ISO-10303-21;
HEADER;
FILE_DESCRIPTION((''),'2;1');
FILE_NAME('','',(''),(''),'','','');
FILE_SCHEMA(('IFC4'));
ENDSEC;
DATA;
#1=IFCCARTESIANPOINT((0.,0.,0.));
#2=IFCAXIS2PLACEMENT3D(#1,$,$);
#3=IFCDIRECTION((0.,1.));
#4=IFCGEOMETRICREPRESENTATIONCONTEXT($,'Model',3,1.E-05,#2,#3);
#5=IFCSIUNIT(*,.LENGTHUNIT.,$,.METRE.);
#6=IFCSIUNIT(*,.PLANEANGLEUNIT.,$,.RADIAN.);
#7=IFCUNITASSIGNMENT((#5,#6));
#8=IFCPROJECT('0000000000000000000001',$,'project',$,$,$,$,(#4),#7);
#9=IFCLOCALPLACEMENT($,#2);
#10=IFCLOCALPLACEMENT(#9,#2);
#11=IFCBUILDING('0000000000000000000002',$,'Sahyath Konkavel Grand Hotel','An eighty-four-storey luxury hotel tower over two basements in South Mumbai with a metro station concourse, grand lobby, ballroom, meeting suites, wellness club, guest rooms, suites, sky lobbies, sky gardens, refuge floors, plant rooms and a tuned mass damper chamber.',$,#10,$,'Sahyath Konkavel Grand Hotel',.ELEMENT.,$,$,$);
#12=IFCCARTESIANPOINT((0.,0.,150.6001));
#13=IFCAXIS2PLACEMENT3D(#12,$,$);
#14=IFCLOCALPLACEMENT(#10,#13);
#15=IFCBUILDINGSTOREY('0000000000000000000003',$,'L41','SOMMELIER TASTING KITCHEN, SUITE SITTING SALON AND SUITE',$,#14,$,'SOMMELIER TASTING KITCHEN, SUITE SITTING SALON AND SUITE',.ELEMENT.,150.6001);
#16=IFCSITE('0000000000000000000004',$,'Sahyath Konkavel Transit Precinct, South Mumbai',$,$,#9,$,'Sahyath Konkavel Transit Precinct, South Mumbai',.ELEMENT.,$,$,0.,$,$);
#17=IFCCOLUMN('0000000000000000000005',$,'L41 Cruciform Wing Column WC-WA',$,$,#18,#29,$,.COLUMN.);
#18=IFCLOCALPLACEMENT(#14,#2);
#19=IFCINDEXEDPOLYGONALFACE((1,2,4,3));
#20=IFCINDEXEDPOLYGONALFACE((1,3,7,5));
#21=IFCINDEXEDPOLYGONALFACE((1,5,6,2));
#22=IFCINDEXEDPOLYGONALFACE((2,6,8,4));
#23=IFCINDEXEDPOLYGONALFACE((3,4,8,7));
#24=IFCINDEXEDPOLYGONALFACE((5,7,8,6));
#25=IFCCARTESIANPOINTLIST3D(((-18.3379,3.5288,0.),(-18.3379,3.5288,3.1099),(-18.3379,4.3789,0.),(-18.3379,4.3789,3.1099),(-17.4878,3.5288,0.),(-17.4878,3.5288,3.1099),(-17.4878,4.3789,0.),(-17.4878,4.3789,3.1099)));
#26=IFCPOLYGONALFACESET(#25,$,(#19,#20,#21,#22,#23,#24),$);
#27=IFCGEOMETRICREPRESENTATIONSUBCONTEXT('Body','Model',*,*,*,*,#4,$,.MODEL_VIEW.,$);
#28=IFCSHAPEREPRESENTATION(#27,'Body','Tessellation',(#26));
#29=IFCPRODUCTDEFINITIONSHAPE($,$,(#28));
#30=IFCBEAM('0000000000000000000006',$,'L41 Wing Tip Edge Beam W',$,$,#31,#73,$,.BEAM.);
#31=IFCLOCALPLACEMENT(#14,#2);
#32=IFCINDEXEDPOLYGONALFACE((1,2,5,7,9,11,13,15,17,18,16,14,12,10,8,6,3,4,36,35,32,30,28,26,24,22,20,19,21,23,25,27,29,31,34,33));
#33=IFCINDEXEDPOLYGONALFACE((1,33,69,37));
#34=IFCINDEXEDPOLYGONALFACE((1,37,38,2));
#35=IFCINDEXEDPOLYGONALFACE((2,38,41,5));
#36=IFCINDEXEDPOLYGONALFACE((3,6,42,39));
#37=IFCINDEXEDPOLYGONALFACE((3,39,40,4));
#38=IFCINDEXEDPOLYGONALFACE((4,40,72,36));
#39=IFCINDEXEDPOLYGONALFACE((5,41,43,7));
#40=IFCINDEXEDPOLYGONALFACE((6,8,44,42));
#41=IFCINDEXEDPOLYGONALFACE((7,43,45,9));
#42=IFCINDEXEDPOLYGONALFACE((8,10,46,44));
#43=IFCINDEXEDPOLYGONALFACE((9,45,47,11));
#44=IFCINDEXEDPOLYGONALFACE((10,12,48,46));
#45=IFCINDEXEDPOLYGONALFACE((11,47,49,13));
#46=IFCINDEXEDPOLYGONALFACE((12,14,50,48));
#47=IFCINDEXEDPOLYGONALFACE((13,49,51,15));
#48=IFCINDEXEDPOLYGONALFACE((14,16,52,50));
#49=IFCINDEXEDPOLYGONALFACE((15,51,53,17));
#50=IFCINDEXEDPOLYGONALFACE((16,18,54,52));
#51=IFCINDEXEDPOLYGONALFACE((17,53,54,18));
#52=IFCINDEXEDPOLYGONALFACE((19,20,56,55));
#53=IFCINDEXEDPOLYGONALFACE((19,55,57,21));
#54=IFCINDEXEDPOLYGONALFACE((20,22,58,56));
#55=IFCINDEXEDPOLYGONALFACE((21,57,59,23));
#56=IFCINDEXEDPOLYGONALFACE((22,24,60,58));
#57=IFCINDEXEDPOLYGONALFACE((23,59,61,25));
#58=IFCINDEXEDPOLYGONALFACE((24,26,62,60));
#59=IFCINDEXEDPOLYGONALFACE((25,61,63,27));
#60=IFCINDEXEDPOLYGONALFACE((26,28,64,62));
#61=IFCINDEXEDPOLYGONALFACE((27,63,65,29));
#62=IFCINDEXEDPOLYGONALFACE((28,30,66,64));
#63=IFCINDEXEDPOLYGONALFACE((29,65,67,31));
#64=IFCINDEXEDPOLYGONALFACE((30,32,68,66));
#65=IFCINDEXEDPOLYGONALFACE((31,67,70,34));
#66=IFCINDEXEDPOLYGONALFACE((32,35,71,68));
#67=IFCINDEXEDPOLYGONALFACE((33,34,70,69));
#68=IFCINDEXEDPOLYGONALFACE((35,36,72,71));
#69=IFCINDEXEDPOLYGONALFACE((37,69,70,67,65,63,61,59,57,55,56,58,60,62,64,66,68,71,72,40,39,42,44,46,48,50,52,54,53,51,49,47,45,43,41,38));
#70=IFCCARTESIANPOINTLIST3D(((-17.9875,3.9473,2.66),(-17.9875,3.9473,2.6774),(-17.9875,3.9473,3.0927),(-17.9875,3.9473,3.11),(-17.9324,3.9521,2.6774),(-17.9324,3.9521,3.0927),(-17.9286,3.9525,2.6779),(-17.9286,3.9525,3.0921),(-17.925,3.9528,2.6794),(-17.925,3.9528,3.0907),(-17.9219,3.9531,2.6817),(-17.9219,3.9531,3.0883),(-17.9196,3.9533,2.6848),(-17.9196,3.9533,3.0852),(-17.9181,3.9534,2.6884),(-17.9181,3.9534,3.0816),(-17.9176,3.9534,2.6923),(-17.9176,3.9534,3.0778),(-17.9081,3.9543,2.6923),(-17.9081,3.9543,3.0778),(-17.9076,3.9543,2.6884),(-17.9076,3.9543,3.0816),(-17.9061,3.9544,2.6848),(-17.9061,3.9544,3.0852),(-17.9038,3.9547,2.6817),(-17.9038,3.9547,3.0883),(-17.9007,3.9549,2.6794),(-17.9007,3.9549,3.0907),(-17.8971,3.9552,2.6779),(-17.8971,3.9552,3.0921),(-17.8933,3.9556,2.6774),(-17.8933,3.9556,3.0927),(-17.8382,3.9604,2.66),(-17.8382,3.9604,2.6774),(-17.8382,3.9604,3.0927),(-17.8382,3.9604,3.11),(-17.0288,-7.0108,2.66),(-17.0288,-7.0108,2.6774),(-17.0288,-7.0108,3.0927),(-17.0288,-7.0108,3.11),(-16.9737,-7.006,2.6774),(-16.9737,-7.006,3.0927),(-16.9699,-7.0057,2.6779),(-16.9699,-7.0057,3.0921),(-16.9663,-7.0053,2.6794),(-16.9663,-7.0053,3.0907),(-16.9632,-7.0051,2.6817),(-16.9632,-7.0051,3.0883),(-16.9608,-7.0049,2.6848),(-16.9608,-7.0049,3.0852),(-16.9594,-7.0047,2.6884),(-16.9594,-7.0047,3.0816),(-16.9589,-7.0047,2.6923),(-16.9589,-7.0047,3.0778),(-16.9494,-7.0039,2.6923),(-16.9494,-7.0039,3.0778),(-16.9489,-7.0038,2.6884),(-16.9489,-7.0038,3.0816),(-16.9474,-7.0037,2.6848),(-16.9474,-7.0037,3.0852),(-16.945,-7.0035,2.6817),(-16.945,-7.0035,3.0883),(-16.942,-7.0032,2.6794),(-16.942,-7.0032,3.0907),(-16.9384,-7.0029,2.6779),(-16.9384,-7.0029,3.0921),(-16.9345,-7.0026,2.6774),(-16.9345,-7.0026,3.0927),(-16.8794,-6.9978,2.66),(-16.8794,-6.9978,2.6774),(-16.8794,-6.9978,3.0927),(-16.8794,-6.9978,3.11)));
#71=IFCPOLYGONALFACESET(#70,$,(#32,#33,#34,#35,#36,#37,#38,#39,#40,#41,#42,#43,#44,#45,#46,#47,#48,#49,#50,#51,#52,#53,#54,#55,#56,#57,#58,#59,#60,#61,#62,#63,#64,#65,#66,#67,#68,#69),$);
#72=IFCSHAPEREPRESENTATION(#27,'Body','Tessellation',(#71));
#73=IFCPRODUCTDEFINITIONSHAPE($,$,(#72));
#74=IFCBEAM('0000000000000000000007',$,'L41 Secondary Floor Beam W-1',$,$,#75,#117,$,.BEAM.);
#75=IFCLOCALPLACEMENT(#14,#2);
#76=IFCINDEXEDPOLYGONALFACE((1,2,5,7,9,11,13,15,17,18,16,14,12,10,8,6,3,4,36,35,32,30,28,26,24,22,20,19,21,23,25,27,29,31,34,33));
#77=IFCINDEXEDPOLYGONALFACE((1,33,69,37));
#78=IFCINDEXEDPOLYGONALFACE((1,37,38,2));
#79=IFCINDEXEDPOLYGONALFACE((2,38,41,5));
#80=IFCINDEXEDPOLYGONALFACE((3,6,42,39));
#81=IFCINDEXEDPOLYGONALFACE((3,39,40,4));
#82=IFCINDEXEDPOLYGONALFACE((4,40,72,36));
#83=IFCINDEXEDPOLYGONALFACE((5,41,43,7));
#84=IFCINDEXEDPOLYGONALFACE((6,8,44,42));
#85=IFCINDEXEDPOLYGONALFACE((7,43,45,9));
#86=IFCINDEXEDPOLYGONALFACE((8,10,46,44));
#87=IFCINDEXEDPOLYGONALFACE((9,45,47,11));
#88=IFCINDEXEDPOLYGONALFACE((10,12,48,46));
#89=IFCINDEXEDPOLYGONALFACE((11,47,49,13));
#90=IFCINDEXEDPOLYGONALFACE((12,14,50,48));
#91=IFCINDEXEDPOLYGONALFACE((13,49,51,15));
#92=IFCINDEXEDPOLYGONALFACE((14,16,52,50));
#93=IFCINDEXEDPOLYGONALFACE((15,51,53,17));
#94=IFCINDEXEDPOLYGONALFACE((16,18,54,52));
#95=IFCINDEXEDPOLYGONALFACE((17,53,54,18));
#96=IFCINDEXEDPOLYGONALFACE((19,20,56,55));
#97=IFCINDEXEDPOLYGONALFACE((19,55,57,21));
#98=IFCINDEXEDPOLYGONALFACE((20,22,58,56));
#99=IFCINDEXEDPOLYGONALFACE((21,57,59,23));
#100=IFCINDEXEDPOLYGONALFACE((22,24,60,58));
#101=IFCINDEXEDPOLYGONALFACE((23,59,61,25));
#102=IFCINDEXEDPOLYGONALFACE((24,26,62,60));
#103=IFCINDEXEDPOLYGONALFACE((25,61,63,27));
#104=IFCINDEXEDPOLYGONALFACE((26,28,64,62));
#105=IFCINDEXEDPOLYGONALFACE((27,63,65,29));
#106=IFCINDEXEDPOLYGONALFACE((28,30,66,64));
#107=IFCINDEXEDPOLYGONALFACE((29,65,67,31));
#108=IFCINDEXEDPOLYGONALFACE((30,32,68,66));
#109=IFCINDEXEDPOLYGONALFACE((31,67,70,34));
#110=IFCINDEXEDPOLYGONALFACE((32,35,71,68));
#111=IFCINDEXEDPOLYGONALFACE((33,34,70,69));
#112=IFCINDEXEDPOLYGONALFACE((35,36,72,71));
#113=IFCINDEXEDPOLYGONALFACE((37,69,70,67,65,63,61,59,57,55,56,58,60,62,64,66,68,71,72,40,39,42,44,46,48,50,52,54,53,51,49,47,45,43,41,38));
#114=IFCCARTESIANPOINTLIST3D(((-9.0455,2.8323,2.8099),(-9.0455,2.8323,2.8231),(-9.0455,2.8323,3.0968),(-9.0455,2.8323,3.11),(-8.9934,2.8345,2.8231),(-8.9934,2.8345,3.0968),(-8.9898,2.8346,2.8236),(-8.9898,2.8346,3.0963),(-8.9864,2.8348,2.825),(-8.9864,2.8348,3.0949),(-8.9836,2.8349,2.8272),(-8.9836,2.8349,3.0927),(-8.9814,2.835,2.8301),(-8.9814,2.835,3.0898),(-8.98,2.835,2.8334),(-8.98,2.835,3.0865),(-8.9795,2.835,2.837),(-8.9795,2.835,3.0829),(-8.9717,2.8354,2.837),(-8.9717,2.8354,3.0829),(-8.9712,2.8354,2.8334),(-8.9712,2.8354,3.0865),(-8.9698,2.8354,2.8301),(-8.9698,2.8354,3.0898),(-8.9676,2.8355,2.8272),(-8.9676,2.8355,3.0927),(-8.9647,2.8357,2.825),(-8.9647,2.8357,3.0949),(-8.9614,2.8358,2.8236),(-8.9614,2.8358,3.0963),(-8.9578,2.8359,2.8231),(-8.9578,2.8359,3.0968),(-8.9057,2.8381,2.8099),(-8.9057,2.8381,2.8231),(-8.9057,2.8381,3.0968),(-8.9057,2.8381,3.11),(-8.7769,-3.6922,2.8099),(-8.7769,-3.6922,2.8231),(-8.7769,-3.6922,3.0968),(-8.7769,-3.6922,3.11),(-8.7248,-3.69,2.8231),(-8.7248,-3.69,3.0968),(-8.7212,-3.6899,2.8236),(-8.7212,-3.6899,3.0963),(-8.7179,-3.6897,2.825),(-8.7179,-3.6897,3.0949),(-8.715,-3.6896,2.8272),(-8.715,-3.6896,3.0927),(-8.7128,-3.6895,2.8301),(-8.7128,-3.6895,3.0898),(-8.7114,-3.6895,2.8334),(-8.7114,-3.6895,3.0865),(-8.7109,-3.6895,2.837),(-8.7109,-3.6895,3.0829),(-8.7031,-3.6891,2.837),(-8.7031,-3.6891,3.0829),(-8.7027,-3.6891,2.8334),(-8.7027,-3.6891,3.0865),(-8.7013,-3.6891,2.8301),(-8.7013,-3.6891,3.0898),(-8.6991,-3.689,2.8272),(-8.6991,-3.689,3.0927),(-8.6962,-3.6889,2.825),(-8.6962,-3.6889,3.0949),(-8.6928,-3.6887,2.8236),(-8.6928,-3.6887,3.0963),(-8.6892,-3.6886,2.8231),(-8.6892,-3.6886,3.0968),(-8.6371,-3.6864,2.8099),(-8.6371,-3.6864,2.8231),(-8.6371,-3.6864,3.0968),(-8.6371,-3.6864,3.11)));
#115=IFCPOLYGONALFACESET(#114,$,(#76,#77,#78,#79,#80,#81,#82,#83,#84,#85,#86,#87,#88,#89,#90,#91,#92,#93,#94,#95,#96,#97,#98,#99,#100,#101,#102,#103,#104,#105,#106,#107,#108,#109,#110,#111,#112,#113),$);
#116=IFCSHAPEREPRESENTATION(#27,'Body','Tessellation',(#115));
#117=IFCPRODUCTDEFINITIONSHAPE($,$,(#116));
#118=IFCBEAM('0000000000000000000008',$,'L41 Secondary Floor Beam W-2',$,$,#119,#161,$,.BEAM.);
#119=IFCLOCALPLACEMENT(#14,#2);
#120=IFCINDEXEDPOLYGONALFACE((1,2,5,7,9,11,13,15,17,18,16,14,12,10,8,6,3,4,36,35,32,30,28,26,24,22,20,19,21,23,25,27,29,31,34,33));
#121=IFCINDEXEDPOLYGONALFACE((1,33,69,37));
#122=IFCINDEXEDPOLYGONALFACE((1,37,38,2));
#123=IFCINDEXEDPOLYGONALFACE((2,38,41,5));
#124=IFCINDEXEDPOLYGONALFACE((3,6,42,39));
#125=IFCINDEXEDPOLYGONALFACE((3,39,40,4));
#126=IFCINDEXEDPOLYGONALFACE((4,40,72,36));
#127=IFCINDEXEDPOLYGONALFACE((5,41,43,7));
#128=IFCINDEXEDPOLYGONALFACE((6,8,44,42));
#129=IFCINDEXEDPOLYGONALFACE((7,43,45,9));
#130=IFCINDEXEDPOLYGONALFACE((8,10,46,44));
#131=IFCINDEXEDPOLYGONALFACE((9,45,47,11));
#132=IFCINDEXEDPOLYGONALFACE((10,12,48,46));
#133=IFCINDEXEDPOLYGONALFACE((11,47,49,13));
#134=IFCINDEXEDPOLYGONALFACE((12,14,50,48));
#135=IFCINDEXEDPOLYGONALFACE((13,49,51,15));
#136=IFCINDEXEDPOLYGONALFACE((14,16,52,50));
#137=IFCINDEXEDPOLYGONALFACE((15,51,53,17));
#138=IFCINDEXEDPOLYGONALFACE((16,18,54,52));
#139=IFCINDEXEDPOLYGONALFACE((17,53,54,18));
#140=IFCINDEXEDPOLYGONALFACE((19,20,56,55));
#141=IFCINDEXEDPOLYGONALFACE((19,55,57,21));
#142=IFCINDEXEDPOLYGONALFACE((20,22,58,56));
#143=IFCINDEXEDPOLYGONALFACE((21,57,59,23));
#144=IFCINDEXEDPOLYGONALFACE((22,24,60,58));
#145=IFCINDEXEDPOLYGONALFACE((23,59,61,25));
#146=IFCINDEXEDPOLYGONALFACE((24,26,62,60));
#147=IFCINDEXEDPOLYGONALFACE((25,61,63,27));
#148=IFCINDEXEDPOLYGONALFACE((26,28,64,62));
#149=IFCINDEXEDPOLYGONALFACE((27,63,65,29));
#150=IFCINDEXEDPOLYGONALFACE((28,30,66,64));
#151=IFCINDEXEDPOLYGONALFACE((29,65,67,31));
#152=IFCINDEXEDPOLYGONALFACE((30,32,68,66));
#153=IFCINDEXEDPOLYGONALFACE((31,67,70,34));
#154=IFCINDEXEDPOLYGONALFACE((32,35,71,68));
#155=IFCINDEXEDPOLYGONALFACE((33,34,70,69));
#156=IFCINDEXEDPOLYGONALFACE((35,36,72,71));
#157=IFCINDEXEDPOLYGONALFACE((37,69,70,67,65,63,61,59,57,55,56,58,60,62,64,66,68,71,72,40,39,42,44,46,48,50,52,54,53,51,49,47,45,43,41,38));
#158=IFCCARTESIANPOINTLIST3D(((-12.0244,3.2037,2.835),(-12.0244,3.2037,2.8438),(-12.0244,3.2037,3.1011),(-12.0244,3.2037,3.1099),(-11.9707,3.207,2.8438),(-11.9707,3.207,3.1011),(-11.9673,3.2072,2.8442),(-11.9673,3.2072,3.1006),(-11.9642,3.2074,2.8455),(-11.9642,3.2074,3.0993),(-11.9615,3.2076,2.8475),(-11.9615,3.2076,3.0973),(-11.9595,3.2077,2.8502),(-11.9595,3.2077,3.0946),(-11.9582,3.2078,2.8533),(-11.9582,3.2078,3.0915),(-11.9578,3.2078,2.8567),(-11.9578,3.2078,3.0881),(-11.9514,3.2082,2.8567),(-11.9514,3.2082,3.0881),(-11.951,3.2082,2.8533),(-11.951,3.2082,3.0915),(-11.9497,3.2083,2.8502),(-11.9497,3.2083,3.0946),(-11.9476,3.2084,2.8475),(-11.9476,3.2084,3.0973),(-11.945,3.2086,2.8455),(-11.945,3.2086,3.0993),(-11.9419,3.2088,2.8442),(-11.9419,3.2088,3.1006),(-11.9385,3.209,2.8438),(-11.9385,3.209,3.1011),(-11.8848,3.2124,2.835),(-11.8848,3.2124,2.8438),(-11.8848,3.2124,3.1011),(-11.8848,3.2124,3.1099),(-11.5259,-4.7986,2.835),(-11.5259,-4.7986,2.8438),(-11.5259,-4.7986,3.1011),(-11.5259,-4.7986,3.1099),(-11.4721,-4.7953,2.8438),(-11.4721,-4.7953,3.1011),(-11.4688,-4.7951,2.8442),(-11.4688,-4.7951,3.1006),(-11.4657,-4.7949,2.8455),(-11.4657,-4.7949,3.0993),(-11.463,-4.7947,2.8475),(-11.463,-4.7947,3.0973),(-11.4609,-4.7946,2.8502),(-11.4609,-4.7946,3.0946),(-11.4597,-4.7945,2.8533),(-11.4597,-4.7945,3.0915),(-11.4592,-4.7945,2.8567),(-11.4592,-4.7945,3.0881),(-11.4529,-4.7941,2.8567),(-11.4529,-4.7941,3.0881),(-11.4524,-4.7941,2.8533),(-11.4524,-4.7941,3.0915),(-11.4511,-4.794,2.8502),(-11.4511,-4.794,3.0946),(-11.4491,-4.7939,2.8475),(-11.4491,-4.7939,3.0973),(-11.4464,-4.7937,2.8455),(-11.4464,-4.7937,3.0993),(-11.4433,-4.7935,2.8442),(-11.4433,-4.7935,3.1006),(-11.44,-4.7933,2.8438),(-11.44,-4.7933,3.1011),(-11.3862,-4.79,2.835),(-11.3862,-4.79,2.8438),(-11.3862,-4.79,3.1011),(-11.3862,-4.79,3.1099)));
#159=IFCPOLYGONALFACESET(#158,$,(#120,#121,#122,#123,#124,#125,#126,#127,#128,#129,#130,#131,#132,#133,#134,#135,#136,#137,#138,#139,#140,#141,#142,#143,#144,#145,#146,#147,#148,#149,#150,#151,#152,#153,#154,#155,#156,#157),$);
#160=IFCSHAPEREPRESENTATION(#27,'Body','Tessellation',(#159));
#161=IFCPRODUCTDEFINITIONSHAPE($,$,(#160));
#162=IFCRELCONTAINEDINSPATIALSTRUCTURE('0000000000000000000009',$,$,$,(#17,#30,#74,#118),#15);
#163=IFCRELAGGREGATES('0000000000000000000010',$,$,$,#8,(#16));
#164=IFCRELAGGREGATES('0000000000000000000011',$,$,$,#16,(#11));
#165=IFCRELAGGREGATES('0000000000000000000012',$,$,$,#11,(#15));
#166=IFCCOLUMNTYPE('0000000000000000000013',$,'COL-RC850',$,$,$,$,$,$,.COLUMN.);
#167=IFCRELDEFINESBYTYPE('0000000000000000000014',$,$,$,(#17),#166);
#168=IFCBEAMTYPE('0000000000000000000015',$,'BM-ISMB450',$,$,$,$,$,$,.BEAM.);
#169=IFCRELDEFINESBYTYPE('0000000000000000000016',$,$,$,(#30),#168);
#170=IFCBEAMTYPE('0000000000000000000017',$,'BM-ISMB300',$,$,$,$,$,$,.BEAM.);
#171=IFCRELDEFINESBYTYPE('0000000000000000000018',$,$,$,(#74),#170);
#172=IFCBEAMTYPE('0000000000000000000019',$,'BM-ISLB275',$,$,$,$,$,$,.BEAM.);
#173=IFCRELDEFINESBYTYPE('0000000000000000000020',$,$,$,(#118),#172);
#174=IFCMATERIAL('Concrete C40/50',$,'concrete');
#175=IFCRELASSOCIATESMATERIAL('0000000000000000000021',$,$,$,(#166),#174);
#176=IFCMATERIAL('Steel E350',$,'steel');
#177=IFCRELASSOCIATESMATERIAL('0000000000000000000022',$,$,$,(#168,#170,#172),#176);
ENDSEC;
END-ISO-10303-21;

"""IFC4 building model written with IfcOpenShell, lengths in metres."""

from ifc_helpers import new_model, si_unit, direction, frame, origin, origin_2d, place, context, subcontext, project, spatial, rectangle, i_section, extrude, source, transform, mapped, material, material_profile, profile_set, type_object, element, save


model = new_model("IFC4")

# Units and contexts
model_context = context("Model", 3, precision=1e-05, world=origin(), true_north=direction((0.0, 1.0)))
body_context = subcontext(model_context, "Body", "Model", "MODEL_VIEW")
ifc_project = project(units=[si_unit("LENGTHUNIT", "METRE"), si_unit("PLANEANGLEUNIT", "RADIAN")], contexts=[model_context])

# Site, building, storey
site_placement = place(None, origin())
site = spatial("IfcSite", under=ifc_project, at=site_placement, Name="Sahyath Konkavel Transit Precinct, South Mumbai", LongName="Sahyath Konkavel Transit Precinct, South Mumbai", CompositionType="ELEMENT", RefElevation=0.0)
building_placement = place(site_placement, origin())
building = spatial("IfcBuilding", under=site, at=building_placement, Name="Sahyath Konkavel Grand Hotel", Description="An eighty-four-storey luxury hotel tower over two basements in South Mumbai with a metro station concourse, grand lobby, ballroom, meeting suites, wellness club, guest rooms, suites, sky lobbies, sky gardens, refuge floors, plant rooms and a tuned mass damper chamber.", LongName="Sahyath Konkavel Grand Hotel", CompositionType="ELEMENT")
storey_placement = place(building_placement, frame((0.0, 0.0, 150.6001)))
storey = spatial("IfcBuildingStorey", under=building, at=storey_placement, Name="L41", Description="SOMMELIER TASTING KITCHEN, SUITE SITTING SALON AND SUITE", LongName="SOMMELIER TASTING KITCHEN, SUITE SITTING SALON AND SUITE", CompositionType="ELEMENT", Elevation=150.6001)

# Column
ifc_material_1 = material(Name="Concrete C40/50", Category="concrete")
ifc_material_profile_1 = material_profile(ifc_material_1, rectangle(XDim=0.8501, YDim=0.8501, at=origin_2d()), Name="RC 850x850")
ifc_profile_set_1 = profile_set([ifc_material_profile_1], Name="Concrete C40/50")
column_type = type_object("IfcColumnType", Name="COL-RC850", PredefinedType="COLUMN", material=ifc_profile_set_1)
shared_shape_1 = source(origin(), body_context, "Body", "SweptSolid", [
    extrude(rectangle(XDim=0.8501, YDim=0.8501, at=origin_2d()), origin(), (0.0, 0.0, 1.0), 3.1099),
])
column_placement = place(storey_placement, frame((-17.9128, 3.9539, 0.0), z_axis=(0.0, 0.0, 1.0), x_axis=(1.0, 0.0, 0.0)))
element("IfcColumn", 1, at=column_placement, inside=storey, type_object=column_type, Name="L41 Cruciform Wing Column WC-WA", PredefinedType="COLUMN", context=body_context, shape_type="MappedRepresentation", body=[
    mapped(shared_shape_1, transform((0.0, 0.0, 0.0), scale=1.0)),
])

# Beams
ifc_material_2 = material(Name="Steel E350", Category="steel")
ifc_material_profile_2 = material_profile(ifc_material_2, i_section(OverallWidth=0.1499, OverallDepth=0.45, WebThickness=0.0095, FlangeThickness=0.0173, FilletRadius=0.0149, at=origin_2d()), Name="ISMB 450")
ifc_profile_set_2 = profile_set([ifc_material_profile_2], Name="Steel E350")
beam_type_1 = type_object("IfcBeamType", Name="BM-ISMB450", PredefinedType="BEAM", material=ifc_profile_set_2)
shared_shape_2 = source(origin(), body_context, "Body", "SweptSolid", [
    extrude(i_section(OverallWidth=0.1499, OverallDepth=0.45, WebThickness=0.0095, FlangeThickness=0.0173, FilletRadius=0.0149, at=origin_2d()), origin(), (0.0, 0.0, 1.0), 11.0),
])
beam_1_placement = place(storey_placement, frame((-17.9128, 3.9539, 2.885), z_axis=(0.087157, -0.996195, 0.0), x_axis=(0.996195, 0.087157, 0.0)))
element("IfcBeam", 2, at=beam_1_placement, inside=storey, type_object=beam_type_1, Name="L41 Wing Tip Edge Beam W", PredefinedType="BEAM", context=body_context, shape_type="MappedRepresentation", body=[
    mapped(shared_shape_2, transform((0.0, 0.0, 0.0), scale=1.0)),
])
ifc_material_profile_3 = material_profile(ifc_material_2, i_section(OverallWidth=0.1399, OverallDepth=0.3, WebThickness=0.0078, FlangeThickness=0.0132, FilletRadius=0.0139, at=origin_2d()), Name="ISMB 300")
ifc_profile_set_3 = profile_set([ifc_material_profile_3], Name="Steel E350")
beam_type_2 = type_object("IfcBeamType", Name="BM-ISMB300", PredefinedType="BEAM", material=ifc_profile_set_3)
shared_shape_3 = source(origin(), body_context, "Body", "SweptSolid", [
    extrude(i_section(OverallWidth=0.1399, OverallDepth=0.3, WebThickness=0.0078, FlangeThickness=0.0132, FilletRadius=0.0139, at=origin_2d()), origin(), (0.0, 0.0, 1.0), 6.53),
])
beam_2_placement = place(storey_placement, frame((-8.9756, 2.8352, 2.96), z_axis=(0.041127, -0.999154, 0.0), x_axis=(0.999154, 0.041127, 0.0)))
element("IfcBeam", 3, at=beam_2_placement, inside=storey, type_object=beam_type_2, Name="L41 Secondary Floor Beam W-1", PredefinedType="BEAM", context=body_context, shape_type="MappedRepresentation", body=[
    mapped(shared_shape_3, transform((0.0, 0.0, 0.0), scale=1.0)),
])
ifc_material_profile_4 = material_profile(ifc_material_2, i_section(OverallWidth=0.1399, OverallDepth=0.2749, WebThickness=0.0063, FlangeThickness=0.0088, FilletRadius=0.0129, at=origin_2d()), Name="ISLB 275")
ifc_profile_set_4 = profile_set([ifc_material_profile_4], Name="Steel E350")
beam_type_3 = type_object("IfcBeamType", Name="BM-ISLB275", PredefinedType="BEAM", material=ifc_profile_set_4)
shared_shape_4 = source(origin(), body_context, "Body", "SweptSolid", [
    extrude(i_section(OverallWidth=0.1399, OverallDepth=0.2749, WebThickness=0.0063, FlangeThickness=0.0088, FilletRadius=0.0129, at=origin_2d()), origin(), (0.0, 0.0, 1.0), 8.0178),
])
beam_3_placement = place(storey_placement, frame((-11.9546, 3.208, 2.9724), z_axis=(0.062179, -0.998065, 0.0), x_axis=(0.998065, 0.062179, 0.0)))
element("IfcBeam", 4, at=beam_3_placement, inside=storey, type_object=beam_type_3, Name="L41 Secondary Floor Beam W-2", PredefinedType="BEAM", context=body_context, shape_type="MappedRepresentation", body=[
    mapped(shared_shape_4, transform((0.0, 0.0, 0.0), scale=1.0)),
])

save(model, "model.ifc")
